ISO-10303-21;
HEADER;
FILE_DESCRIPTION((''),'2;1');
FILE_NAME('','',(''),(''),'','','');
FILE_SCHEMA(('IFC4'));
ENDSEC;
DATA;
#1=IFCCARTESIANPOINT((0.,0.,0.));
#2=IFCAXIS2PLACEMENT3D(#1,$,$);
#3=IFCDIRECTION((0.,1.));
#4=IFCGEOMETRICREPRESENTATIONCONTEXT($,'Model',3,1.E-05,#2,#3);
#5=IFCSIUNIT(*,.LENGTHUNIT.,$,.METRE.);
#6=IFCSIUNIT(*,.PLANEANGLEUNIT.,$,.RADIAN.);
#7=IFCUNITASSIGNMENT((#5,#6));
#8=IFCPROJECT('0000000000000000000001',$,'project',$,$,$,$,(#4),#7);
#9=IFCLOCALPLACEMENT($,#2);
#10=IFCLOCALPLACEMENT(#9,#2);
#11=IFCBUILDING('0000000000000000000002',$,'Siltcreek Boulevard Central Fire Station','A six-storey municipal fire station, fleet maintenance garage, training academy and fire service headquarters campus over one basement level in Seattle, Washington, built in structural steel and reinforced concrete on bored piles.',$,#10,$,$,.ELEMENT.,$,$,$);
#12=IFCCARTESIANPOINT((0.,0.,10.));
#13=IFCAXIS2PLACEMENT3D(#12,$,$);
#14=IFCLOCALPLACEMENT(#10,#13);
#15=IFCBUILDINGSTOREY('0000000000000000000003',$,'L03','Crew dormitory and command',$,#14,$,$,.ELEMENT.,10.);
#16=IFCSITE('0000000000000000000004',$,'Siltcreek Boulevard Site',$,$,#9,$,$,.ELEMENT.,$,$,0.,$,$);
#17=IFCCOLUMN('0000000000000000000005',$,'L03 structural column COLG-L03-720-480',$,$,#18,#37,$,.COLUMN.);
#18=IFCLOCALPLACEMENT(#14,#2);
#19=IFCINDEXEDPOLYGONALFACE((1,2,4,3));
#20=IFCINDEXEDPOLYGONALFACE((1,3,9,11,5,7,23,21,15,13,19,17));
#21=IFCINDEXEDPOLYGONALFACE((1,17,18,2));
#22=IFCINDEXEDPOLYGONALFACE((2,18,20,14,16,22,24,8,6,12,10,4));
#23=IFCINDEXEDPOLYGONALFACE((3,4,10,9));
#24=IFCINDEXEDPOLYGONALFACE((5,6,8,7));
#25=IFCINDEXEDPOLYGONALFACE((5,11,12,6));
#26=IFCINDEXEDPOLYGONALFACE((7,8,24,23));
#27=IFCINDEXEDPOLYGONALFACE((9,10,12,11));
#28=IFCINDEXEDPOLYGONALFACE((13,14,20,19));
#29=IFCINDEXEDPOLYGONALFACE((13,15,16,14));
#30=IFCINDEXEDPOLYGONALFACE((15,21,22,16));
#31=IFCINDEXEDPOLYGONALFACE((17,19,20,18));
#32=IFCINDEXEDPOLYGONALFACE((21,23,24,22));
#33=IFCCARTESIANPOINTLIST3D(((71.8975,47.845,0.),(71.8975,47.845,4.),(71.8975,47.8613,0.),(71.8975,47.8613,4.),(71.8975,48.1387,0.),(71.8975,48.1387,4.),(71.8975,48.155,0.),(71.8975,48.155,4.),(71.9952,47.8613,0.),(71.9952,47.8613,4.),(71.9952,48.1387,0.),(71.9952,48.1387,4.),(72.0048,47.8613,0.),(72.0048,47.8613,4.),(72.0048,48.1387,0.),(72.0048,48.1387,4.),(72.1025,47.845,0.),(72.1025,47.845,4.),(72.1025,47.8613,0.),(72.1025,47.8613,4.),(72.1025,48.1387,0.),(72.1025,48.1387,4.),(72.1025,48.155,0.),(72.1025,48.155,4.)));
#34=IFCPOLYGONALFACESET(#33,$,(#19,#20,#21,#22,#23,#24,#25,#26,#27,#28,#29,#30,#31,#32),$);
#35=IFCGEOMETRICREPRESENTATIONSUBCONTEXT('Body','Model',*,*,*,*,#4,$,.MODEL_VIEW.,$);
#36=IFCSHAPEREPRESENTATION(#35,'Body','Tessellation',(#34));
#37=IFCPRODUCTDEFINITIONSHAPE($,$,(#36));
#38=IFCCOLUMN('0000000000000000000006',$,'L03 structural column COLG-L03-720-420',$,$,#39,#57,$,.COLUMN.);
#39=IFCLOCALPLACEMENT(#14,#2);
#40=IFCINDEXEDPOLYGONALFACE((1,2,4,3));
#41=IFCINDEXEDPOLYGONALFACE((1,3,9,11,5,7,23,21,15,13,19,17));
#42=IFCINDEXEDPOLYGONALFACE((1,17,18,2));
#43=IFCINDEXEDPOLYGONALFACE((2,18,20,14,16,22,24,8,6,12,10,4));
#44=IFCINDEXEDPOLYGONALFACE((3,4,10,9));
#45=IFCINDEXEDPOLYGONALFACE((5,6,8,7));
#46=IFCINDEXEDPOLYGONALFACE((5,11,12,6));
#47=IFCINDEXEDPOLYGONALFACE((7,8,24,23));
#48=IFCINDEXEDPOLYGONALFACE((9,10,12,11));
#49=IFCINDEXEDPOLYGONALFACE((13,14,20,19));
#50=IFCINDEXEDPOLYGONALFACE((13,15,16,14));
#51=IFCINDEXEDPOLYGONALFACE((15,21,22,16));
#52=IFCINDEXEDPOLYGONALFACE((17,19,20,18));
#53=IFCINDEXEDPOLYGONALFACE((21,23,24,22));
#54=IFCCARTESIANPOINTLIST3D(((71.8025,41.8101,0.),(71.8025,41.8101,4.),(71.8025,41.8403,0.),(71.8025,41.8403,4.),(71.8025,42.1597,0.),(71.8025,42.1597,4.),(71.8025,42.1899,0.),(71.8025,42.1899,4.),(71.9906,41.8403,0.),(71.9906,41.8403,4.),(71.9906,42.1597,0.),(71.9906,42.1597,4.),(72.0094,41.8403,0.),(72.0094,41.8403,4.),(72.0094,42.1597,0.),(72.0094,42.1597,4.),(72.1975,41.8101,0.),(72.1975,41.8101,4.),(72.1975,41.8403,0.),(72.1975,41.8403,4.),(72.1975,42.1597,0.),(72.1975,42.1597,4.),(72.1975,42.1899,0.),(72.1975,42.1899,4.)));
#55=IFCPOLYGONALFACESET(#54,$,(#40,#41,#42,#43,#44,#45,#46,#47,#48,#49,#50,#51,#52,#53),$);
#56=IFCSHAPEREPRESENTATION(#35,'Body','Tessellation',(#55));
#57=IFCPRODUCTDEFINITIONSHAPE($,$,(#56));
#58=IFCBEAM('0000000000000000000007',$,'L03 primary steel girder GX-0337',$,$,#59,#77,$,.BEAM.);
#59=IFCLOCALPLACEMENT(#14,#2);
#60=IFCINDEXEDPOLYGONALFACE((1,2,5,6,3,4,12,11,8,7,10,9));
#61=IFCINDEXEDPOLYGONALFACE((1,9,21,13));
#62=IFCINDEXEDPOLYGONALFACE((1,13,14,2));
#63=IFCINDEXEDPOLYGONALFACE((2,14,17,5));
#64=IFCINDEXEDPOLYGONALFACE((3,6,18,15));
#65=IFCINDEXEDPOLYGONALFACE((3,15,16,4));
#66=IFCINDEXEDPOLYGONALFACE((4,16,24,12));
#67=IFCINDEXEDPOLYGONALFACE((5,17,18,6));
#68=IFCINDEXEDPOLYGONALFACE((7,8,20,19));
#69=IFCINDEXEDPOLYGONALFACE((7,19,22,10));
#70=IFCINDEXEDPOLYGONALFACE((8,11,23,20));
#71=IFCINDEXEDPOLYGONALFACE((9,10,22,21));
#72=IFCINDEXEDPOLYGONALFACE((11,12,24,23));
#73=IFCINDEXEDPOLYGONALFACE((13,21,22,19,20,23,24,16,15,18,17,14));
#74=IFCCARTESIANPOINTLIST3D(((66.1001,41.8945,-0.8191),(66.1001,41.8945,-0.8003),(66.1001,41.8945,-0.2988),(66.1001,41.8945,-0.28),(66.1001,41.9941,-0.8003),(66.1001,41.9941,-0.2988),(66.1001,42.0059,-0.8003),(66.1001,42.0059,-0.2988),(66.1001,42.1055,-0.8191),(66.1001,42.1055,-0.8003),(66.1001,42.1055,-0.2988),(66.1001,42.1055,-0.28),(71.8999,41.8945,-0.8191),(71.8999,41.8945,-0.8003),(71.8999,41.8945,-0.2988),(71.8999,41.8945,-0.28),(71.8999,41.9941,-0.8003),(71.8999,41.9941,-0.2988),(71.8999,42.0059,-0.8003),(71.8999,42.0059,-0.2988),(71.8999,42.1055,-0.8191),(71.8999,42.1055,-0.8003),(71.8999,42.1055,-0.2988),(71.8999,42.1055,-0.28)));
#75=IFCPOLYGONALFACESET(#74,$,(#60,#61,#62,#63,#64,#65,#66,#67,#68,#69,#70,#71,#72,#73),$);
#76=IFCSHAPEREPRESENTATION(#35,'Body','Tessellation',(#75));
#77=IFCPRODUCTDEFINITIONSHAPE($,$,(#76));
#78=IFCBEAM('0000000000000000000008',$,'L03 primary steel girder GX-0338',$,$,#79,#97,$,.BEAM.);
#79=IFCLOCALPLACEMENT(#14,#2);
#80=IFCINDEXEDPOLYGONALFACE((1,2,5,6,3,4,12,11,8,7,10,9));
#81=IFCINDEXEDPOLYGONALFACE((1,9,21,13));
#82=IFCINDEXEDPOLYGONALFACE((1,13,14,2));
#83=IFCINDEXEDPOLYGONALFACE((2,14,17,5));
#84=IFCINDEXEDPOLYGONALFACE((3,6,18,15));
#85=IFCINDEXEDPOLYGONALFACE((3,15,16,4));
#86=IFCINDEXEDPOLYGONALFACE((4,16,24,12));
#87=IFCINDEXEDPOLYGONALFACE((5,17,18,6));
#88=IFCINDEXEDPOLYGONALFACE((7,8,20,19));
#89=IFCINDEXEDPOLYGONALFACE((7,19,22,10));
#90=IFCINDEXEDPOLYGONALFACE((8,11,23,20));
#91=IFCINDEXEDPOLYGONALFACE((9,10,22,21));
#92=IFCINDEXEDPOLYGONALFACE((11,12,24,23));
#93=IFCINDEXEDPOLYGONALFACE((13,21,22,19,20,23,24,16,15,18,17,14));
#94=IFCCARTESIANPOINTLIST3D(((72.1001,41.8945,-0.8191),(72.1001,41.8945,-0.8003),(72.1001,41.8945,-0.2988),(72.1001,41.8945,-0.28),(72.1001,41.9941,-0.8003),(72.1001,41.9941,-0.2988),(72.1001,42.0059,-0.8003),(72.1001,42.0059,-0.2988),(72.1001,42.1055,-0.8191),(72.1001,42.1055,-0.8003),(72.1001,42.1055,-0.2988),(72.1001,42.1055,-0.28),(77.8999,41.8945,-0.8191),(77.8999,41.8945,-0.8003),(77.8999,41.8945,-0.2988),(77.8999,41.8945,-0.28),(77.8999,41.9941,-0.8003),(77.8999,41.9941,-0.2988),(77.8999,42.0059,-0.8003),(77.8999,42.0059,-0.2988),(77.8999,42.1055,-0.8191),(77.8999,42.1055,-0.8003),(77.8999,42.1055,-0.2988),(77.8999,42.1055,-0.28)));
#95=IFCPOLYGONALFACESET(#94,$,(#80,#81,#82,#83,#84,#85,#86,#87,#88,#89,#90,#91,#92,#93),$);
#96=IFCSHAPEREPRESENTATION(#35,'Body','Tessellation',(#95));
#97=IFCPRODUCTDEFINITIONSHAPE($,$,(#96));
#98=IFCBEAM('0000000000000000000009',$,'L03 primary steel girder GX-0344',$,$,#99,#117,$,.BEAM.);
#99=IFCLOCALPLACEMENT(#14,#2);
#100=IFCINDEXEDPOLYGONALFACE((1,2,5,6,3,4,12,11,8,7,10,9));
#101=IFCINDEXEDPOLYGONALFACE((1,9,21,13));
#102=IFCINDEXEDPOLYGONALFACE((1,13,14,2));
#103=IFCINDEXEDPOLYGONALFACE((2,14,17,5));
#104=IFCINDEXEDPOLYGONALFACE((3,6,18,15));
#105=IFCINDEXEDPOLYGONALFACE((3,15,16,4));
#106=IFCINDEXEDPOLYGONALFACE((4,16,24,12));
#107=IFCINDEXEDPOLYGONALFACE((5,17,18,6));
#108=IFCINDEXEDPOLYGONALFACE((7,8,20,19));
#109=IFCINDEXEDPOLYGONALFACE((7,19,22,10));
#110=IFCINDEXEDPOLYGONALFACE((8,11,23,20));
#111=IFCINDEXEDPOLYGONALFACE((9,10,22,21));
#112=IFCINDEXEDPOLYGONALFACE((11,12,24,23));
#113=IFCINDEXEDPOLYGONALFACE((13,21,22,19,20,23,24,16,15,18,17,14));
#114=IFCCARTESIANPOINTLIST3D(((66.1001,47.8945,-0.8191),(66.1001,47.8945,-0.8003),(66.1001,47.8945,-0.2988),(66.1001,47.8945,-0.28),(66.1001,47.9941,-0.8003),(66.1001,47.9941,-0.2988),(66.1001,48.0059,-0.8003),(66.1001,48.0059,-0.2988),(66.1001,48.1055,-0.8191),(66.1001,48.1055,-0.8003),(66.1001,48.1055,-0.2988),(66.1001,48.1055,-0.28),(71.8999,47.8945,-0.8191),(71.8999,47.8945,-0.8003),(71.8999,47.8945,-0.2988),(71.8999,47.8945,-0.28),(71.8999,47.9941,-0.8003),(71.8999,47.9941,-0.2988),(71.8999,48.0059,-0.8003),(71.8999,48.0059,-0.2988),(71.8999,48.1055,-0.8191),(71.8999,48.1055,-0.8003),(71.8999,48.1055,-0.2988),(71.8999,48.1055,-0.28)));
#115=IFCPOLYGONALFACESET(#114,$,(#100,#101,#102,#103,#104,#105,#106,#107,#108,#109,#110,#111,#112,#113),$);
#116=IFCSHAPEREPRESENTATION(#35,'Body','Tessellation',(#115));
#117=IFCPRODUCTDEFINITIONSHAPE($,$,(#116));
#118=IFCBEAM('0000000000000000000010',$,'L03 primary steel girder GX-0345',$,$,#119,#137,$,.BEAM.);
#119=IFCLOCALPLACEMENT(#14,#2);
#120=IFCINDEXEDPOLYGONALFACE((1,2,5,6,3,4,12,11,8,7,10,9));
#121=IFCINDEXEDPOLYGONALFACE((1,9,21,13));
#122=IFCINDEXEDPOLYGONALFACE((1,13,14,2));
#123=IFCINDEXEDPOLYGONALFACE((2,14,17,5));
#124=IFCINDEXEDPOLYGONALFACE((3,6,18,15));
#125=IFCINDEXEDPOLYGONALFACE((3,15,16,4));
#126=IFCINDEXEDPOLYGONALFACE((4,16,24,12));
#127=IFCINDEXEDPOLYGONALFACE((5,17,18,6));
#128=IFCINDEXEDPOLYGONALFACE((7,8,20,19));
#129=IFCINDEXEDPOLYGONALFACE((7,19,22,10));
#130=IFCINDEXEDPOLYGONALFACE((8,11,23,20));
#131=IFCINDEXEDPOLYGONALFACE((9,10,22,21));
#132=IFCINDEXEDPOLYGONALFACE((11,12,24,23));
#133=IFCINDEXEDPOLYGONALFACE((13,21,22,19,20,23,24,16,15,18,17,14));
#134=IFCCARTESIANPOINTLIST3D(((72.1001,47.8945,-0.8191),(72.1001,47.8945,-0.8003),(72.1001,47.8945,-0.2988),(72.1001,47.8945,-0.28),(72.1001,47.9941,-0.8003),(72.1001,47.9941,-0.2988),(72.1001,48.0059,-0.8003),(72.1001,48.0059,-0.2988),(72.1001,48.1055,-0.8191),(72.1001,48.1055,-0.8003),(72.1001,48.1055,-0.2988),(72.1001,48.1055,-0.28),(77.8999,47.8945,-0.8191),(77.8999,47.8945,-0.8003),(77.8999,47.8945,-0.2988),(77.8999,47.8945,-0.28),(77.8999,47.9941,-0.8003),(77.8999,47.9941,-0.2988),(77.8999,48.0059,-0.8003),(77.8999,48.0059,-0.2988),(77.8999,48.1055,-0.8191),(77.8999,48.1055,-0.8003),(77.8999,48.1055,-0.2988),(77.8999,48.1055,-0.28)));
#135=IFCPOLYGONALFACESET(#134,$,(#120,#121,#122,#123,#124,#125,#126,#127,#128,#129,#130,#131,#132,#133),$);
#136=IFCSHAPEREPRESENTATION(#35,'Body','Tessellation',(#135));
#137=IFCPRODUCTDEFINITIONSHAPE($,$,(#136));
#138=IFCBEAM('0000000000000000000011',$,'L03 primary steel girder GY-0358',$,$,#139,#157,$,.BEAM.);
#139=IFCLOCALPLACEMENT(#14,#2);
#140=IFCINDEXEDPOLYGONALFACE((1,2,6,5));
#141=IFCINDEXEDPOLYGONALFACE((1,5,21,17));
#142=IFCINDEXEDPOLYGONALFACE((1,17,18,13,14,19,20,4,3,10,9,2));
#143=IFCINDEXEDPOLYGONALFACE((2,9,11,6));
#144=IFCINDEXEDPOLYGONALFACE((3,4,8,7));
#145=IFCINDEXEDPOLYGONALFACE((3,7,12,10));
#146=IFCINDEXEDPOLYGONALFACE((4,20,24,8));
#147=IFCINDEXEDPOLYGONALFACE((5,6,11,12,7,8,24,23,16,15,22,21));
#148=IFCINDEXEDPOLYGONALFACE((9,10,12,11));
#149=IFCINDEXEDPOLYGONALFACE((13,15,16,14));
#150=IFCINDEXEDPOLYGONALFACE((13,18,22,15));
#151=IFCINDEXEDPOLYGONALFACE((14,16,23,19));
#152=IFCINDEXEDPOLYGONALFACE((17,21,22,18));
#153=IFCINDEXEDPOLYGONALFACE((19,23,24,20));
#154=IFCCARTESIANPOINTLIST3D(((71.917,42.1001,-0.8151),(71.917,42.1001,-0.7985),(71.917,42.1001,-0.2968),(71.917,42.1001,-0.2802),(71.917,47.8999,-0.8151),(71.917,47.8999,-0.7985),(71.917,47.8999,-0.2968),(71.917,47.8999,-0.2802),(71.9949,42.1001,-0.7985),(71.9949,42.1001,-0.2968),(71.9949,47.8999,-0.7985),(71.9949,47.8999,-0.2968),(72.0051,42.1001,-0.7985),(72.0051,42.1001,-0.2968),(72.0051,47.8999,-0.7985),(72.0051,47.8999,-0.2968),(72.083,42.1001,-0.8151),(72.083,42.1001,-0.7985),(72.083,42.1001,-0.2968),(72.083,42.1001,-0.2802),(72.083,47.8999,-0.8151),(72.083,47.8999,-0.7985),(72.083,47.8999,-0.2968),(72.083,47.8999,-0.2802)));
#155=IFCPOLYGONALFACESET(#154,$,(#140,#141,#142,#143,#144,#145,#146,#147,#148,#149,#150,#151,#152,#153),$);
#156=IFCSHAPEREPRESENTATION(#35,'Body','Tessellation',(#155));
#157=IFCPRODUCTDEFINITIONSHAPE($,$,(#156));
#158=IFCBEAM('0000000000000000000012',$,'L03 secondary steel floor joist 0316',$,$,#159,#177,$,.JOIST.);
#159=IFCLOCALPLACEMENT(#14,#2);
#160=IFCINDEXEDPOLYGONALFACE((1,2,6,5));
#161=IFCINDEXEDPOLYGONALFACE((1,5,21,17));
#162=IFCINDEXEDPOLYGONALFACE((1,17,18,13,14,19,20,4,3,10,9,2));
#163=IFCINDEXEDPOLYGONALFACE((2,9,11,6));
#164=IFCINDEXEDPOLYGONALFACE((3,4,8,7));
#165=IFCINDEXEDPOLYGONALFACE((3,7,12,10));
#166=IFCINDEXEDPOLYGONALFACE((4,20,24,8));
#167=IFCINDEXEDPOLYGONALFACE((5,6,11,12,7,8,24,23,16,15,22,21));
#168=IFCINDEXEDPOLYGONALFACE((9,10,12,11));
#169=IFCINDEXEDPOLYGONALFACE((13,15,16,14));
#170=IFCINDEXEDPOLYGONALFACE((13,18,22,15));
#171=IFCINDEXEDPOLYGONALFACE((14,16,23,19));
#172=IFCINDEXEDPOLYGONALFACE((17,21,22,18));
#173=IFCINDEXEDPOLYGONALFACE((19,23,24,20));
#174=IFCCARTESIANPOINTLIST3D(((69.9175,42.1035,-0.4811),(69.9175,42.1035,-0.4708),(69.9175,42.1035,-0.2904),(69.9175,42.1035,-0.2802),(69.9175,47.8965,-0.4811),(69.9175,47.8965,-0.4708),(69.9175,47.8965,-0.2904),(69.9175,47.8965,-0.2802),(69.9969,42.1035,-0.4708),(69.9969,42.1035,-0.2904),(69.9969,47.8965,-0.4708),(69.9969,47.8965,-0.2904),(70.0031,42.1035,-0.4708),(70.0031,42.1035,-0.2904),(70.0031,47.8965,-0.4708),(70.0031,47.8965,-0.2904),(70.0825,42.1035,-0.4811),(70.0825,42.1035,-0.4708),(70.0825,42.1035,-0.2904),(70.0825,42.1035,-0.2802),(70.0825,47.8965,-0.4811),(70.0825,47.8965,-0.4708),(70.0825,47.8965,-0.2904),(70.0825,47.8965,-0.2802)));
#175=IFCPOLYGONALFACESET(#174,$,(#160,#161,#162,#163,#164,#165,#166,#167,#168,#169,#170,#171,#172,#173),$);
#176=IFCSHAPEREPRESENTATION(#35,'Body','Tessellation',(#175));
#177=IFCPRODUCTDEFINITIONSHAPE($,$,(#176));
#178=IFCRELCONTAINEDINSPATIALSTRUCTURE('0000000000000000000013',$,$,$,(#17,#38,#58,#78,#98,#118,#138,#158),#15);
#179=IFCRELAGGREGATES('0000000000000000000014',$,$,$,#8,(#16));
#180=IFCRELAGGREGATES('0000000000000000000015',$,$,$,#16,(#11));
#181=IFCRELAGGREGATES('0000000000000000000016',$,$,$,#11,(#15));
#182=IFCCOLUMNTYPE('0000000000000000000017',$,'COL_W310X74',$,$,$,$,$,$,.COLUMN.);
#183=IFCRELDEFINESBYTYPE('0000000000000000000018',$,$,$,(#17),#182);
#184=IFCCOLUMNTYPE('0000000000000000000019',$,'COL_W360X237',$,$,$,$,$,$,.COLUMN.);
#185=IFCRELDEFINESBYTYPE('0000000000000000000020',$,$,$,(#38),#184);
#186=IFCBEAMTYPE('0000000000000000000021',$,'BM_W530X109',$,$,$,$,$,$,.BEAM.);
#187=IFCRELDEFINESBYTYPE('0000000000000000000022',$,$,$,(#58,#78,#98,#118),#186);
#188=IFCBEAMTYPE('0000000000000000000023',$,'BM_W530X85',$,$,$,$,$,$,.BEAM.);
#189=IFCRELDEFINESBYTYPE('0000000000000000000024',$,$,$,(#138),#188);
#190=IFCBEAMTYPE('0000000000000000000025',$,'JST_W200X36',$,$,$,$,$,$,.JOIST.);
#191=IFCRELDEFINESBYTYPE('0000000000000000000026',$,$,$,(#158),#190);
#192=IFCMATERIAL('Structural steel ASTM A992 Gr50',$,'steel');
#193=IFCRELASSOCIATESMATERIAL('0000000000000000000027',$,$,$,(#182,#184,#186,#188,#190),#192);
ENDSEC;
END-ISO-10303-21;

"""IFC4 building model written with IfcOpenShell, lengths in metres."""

from ifc_helpers import new_model, si_unit, direction, frame, origin, origin_2d, place, context, subcontext, project, spatial, i_section, extrude, material, material_profile, profile_set, type_object, element, save


model = new_model("IFC4")

# Units and contexts
model_context = context("Model", 3, precision=1e-05, world=origin(), true_north=direction((0.0, 1.0)))
body_context = subcontext(model_context, "Body", "Model", "MODEL_VIEW")
ifc_project = project(units=[si_unit("LENGTHUNIT", "METRE"), si_unit("PLANEANGLEUNIT", "RADIAN")], contexts=[model_context])

# Site, building, storey
site_placement = place(None, origin())
site = spatial("IfcSite", under=ifc_project, at=site_placement, Name="Siltcreek Boulevard Site", CompositionType="ELEMENT", RefElevation=0.0)
building_placement = place(site_placement, origin())
building = spatial("IfcBuilding", under=site, at=building_placement, Name="Siltcreek Boulevard Central Fire Station", Description="A six-storey municipal fire station, fleet maintenance garage, training academy and fire service headquarters campus over one basement level in Seattle, Washington, built in structural steel and reinforced concrete on bored piles.", CompositionType="ELEMENT")
storey_placement = place(building_placement, frame((0.0, 0.0, 10.0)))
storey = spatial("IfcBuildingStorey", under=building, at=storey_placement, Name="L03", Description="Crew dormitory and command", CompositionType="ELEMENT", Elevation=10.0)

# Columns
ifc_material_1 = material(Name="Structural steel ASTM A992 Gr50", Category="steel")
ifc_material_profile_1 = material_profile(ifc_material_1, i_section(OverallWidth=0.2051, OverallDepth=0.3101, WebThickness=0.0095, FlangeThickness=0.0164, at=origin_2d()), Name="W310X74")
ifc_profile_set_1 = profile_set([ifc_material_profile_1], Name="Structural steel ASTM A992 Gr50")
column_type_1 = type_object("IfcColumnType", Name="COL_W310X74", PredefinedType="COLUMN", material=ifc_profile_set_1)
column_1_placement = place(storey_placement, frame((72.0, 48.0, 0.0), z_axis=(0.0, 0.0, 1.0), x_axis=(1.0, 0.0, 0.0)))
element("IfcColumn", 1, at=column_1_placement, inside=storey, type_object=column_type_1, Name="L03 structural column COLG-L03-720-480", PredefinedType="COLUMN", context=body_context, shape_type="SweptSolid", body=[
    extrude(i_section(OverallWidth=0.2051, OverallDepth=0.3101, WebThickness=0.0095, FlangeThickness=0.0164, at=origin_2d()), origin(), (0.0, 0.0, 1.0), 4.0),
])
ifc_material_profile_2 = material_profile(ifc_material_1, i_section(OverallWidth=0.395, OverallDepth=0.3799, WebThickness=0.0188, FlangeThickness=0.0303, at=origin_2d()), Name="W360X237")
ifc_profile_set_2 = profile_set([ifc_material_profile_2], Name="Structural steel ASTM A992 Gr50")
column_type_2 = type_object("IfcColumnType", Name="COL_W360X237", PredefinedType="COLUMN", material=ifc_profile_set_2)
column_2_placement = place(storey_placement, frame((72.0, 42.0, 0.0), z_axis=(0.0, 0.0, 1.0), x_axis=(1.0, 0.0, 0.0)))
element("IfcColumn", 2, at=column_2_placement, inside=storey, type_object=column_type_2, Name="L03 structural column COLG-L03-720-420", PredefinedType="COLUMN", context=body_context, shape_type="SweptSolid", body=[
    extrude(i_section(OverallWidth=0.395, OverallDepth=0.3799, WebThickness=0.0188, FlangeThickness=0.0303, at=origin_2d()), origin(), (0.0, 0.0, 1.0), 4.0),
])

# Beams
ifc_material_profile_3 = material_profile(ifc_material_1, i_section(OverallWidth=0.2109, OverallDepth=0.5391, WebThickness=0.0117, FlangeThickness=0.0188, at=origin_2d()), Name="W530X109")
ifc_profile_set_3 = profile_set([ifc_material_profile_3], Name="Structural steel ASTM A992 Gr50")
beam_type_1 = type_object("IfcBeamType", Name="BM_W530X109", PredefinedType="BEAM", material=ifc_profile_set_3)
for number, where, z_axis, x_axis, name in (
    (3, (66.1001, 42.0, -0.5496), (1.0, 0.0, 0.0), (0.0, 1.0, 0.0), "L03 primary steel girder GX-0337"),
    (4, (72.1001, 42.0, -0.5496), (1.0, 0.0, 0.0), (0.0, 1.0, 0.0), "L03 primary steel girder GX-0338"),
    (5, (66.1001, 48.0, -0.5496), (1.0, 0.0, 0.0), (0.0, 1.0, 0.0), "L03 primary steel girder GX-0344"),
    (6, (72.1001, 48.0, -0.5496), (1.0, 0.0, 0.0), (0.0, 1.0, 0.0), "L03 primary steel girder GX-0345"),
):
    element("IfcBeam", number, at=place(storey_placement, frame(where, z_axis=z_axis, x_axis=x_axis)), inside=storey, type_object=beam_type_1, Name=name, PredefinedType="BEAM", context=body_context, shape_type="SweptSolid", body=[
        extrude(i_section(OverallWidth=0.2109, OverallDepth=0.5391, WebThickness=0.0117, FlangeThickness=0.0188, at=origin_2d()), origin(), (0.0, 0.0, 1.0), 5.7998),
    ])
ifc_material_profile_4 = material_profile(ifc_material_1, i_section(OverallWidth=0.166, OverallDepth=0.5349, WebThickness=0.0103, FlangeThickness=0.0166, at=origin_2d()), Name="W530X85")
ifc_profile_set_4 = profile_set([ifc_material_profile_4], Name="Structural steel ASTM A992 Gr50")
beam_type_2 = type_object("IfcBeamType", Name="BM_W530X85", PredefinedType="BEAM", material=ifc_profile_set_4)
beam_1_placement = place(storey_placement, frame((72.0, 42.1001, -0.5476), z_axis=(0.0, 1.0, 0.0), x_axis=(-1.0, 0.0, 0.0)))
element("IfcBeam", 7, at=beam_1_placement, inside=storey, type_object=beam_type_2, Name="L03 primary steel girder GY-0358", PredefinedType="BEAM", context=body_context, shape_type="SweptSolid", body=[
    extrude(i_section(OverallWidth=0.166, OverallDepth=0.5349, WebThickness=0.0103, FlangeThickness=0.0166, at=origin_2d()), origin(), (0.0, 0.0, 1.0), 5.7998),
])
ifc_material_profile_5 = material_profile(ifc_material_1, i_section(OverallWidth=0.165, OverallDepth=0.2009, WebThickness=0.0061, FlangeThickness=0.0103, at=origin_2d()), Name="W200X36")
ifc_profile_set_5 = profile_set([ifc_material_profile_5], Name="Structural steel ASTM A992 Gr50")
beam_type_3 = type_object("IfcBeamType", Name="JST_W200X36", PredefinedType="JOIST", material=ifc_profile_set_5)
beam_2_placement = place(storey_placement, frame((70.0, 42.1035, -0.3806), z_axis=(0.0, 1.0, 0.0), x_axis=(-1.0, 0.0, 0.0)))
element("IfcBeam", 8, at=beam_2_placement, inside=storey, type_object=beam_type_3, Name="L03 secondary steel floor joist 0316", PredefinedType="JOIST", context=body_context, shape_type="SweptSolid", body=[
    extrude(i_section(OverallWidth=0.165, OverallDepth=0.2009, WebThickness=0.0061, FlangeThickness=0.0103, at=origin_2d()), origin(), (0.0, 0.0, 1.0), 5.793),
])

save(model, "model.ifc")
